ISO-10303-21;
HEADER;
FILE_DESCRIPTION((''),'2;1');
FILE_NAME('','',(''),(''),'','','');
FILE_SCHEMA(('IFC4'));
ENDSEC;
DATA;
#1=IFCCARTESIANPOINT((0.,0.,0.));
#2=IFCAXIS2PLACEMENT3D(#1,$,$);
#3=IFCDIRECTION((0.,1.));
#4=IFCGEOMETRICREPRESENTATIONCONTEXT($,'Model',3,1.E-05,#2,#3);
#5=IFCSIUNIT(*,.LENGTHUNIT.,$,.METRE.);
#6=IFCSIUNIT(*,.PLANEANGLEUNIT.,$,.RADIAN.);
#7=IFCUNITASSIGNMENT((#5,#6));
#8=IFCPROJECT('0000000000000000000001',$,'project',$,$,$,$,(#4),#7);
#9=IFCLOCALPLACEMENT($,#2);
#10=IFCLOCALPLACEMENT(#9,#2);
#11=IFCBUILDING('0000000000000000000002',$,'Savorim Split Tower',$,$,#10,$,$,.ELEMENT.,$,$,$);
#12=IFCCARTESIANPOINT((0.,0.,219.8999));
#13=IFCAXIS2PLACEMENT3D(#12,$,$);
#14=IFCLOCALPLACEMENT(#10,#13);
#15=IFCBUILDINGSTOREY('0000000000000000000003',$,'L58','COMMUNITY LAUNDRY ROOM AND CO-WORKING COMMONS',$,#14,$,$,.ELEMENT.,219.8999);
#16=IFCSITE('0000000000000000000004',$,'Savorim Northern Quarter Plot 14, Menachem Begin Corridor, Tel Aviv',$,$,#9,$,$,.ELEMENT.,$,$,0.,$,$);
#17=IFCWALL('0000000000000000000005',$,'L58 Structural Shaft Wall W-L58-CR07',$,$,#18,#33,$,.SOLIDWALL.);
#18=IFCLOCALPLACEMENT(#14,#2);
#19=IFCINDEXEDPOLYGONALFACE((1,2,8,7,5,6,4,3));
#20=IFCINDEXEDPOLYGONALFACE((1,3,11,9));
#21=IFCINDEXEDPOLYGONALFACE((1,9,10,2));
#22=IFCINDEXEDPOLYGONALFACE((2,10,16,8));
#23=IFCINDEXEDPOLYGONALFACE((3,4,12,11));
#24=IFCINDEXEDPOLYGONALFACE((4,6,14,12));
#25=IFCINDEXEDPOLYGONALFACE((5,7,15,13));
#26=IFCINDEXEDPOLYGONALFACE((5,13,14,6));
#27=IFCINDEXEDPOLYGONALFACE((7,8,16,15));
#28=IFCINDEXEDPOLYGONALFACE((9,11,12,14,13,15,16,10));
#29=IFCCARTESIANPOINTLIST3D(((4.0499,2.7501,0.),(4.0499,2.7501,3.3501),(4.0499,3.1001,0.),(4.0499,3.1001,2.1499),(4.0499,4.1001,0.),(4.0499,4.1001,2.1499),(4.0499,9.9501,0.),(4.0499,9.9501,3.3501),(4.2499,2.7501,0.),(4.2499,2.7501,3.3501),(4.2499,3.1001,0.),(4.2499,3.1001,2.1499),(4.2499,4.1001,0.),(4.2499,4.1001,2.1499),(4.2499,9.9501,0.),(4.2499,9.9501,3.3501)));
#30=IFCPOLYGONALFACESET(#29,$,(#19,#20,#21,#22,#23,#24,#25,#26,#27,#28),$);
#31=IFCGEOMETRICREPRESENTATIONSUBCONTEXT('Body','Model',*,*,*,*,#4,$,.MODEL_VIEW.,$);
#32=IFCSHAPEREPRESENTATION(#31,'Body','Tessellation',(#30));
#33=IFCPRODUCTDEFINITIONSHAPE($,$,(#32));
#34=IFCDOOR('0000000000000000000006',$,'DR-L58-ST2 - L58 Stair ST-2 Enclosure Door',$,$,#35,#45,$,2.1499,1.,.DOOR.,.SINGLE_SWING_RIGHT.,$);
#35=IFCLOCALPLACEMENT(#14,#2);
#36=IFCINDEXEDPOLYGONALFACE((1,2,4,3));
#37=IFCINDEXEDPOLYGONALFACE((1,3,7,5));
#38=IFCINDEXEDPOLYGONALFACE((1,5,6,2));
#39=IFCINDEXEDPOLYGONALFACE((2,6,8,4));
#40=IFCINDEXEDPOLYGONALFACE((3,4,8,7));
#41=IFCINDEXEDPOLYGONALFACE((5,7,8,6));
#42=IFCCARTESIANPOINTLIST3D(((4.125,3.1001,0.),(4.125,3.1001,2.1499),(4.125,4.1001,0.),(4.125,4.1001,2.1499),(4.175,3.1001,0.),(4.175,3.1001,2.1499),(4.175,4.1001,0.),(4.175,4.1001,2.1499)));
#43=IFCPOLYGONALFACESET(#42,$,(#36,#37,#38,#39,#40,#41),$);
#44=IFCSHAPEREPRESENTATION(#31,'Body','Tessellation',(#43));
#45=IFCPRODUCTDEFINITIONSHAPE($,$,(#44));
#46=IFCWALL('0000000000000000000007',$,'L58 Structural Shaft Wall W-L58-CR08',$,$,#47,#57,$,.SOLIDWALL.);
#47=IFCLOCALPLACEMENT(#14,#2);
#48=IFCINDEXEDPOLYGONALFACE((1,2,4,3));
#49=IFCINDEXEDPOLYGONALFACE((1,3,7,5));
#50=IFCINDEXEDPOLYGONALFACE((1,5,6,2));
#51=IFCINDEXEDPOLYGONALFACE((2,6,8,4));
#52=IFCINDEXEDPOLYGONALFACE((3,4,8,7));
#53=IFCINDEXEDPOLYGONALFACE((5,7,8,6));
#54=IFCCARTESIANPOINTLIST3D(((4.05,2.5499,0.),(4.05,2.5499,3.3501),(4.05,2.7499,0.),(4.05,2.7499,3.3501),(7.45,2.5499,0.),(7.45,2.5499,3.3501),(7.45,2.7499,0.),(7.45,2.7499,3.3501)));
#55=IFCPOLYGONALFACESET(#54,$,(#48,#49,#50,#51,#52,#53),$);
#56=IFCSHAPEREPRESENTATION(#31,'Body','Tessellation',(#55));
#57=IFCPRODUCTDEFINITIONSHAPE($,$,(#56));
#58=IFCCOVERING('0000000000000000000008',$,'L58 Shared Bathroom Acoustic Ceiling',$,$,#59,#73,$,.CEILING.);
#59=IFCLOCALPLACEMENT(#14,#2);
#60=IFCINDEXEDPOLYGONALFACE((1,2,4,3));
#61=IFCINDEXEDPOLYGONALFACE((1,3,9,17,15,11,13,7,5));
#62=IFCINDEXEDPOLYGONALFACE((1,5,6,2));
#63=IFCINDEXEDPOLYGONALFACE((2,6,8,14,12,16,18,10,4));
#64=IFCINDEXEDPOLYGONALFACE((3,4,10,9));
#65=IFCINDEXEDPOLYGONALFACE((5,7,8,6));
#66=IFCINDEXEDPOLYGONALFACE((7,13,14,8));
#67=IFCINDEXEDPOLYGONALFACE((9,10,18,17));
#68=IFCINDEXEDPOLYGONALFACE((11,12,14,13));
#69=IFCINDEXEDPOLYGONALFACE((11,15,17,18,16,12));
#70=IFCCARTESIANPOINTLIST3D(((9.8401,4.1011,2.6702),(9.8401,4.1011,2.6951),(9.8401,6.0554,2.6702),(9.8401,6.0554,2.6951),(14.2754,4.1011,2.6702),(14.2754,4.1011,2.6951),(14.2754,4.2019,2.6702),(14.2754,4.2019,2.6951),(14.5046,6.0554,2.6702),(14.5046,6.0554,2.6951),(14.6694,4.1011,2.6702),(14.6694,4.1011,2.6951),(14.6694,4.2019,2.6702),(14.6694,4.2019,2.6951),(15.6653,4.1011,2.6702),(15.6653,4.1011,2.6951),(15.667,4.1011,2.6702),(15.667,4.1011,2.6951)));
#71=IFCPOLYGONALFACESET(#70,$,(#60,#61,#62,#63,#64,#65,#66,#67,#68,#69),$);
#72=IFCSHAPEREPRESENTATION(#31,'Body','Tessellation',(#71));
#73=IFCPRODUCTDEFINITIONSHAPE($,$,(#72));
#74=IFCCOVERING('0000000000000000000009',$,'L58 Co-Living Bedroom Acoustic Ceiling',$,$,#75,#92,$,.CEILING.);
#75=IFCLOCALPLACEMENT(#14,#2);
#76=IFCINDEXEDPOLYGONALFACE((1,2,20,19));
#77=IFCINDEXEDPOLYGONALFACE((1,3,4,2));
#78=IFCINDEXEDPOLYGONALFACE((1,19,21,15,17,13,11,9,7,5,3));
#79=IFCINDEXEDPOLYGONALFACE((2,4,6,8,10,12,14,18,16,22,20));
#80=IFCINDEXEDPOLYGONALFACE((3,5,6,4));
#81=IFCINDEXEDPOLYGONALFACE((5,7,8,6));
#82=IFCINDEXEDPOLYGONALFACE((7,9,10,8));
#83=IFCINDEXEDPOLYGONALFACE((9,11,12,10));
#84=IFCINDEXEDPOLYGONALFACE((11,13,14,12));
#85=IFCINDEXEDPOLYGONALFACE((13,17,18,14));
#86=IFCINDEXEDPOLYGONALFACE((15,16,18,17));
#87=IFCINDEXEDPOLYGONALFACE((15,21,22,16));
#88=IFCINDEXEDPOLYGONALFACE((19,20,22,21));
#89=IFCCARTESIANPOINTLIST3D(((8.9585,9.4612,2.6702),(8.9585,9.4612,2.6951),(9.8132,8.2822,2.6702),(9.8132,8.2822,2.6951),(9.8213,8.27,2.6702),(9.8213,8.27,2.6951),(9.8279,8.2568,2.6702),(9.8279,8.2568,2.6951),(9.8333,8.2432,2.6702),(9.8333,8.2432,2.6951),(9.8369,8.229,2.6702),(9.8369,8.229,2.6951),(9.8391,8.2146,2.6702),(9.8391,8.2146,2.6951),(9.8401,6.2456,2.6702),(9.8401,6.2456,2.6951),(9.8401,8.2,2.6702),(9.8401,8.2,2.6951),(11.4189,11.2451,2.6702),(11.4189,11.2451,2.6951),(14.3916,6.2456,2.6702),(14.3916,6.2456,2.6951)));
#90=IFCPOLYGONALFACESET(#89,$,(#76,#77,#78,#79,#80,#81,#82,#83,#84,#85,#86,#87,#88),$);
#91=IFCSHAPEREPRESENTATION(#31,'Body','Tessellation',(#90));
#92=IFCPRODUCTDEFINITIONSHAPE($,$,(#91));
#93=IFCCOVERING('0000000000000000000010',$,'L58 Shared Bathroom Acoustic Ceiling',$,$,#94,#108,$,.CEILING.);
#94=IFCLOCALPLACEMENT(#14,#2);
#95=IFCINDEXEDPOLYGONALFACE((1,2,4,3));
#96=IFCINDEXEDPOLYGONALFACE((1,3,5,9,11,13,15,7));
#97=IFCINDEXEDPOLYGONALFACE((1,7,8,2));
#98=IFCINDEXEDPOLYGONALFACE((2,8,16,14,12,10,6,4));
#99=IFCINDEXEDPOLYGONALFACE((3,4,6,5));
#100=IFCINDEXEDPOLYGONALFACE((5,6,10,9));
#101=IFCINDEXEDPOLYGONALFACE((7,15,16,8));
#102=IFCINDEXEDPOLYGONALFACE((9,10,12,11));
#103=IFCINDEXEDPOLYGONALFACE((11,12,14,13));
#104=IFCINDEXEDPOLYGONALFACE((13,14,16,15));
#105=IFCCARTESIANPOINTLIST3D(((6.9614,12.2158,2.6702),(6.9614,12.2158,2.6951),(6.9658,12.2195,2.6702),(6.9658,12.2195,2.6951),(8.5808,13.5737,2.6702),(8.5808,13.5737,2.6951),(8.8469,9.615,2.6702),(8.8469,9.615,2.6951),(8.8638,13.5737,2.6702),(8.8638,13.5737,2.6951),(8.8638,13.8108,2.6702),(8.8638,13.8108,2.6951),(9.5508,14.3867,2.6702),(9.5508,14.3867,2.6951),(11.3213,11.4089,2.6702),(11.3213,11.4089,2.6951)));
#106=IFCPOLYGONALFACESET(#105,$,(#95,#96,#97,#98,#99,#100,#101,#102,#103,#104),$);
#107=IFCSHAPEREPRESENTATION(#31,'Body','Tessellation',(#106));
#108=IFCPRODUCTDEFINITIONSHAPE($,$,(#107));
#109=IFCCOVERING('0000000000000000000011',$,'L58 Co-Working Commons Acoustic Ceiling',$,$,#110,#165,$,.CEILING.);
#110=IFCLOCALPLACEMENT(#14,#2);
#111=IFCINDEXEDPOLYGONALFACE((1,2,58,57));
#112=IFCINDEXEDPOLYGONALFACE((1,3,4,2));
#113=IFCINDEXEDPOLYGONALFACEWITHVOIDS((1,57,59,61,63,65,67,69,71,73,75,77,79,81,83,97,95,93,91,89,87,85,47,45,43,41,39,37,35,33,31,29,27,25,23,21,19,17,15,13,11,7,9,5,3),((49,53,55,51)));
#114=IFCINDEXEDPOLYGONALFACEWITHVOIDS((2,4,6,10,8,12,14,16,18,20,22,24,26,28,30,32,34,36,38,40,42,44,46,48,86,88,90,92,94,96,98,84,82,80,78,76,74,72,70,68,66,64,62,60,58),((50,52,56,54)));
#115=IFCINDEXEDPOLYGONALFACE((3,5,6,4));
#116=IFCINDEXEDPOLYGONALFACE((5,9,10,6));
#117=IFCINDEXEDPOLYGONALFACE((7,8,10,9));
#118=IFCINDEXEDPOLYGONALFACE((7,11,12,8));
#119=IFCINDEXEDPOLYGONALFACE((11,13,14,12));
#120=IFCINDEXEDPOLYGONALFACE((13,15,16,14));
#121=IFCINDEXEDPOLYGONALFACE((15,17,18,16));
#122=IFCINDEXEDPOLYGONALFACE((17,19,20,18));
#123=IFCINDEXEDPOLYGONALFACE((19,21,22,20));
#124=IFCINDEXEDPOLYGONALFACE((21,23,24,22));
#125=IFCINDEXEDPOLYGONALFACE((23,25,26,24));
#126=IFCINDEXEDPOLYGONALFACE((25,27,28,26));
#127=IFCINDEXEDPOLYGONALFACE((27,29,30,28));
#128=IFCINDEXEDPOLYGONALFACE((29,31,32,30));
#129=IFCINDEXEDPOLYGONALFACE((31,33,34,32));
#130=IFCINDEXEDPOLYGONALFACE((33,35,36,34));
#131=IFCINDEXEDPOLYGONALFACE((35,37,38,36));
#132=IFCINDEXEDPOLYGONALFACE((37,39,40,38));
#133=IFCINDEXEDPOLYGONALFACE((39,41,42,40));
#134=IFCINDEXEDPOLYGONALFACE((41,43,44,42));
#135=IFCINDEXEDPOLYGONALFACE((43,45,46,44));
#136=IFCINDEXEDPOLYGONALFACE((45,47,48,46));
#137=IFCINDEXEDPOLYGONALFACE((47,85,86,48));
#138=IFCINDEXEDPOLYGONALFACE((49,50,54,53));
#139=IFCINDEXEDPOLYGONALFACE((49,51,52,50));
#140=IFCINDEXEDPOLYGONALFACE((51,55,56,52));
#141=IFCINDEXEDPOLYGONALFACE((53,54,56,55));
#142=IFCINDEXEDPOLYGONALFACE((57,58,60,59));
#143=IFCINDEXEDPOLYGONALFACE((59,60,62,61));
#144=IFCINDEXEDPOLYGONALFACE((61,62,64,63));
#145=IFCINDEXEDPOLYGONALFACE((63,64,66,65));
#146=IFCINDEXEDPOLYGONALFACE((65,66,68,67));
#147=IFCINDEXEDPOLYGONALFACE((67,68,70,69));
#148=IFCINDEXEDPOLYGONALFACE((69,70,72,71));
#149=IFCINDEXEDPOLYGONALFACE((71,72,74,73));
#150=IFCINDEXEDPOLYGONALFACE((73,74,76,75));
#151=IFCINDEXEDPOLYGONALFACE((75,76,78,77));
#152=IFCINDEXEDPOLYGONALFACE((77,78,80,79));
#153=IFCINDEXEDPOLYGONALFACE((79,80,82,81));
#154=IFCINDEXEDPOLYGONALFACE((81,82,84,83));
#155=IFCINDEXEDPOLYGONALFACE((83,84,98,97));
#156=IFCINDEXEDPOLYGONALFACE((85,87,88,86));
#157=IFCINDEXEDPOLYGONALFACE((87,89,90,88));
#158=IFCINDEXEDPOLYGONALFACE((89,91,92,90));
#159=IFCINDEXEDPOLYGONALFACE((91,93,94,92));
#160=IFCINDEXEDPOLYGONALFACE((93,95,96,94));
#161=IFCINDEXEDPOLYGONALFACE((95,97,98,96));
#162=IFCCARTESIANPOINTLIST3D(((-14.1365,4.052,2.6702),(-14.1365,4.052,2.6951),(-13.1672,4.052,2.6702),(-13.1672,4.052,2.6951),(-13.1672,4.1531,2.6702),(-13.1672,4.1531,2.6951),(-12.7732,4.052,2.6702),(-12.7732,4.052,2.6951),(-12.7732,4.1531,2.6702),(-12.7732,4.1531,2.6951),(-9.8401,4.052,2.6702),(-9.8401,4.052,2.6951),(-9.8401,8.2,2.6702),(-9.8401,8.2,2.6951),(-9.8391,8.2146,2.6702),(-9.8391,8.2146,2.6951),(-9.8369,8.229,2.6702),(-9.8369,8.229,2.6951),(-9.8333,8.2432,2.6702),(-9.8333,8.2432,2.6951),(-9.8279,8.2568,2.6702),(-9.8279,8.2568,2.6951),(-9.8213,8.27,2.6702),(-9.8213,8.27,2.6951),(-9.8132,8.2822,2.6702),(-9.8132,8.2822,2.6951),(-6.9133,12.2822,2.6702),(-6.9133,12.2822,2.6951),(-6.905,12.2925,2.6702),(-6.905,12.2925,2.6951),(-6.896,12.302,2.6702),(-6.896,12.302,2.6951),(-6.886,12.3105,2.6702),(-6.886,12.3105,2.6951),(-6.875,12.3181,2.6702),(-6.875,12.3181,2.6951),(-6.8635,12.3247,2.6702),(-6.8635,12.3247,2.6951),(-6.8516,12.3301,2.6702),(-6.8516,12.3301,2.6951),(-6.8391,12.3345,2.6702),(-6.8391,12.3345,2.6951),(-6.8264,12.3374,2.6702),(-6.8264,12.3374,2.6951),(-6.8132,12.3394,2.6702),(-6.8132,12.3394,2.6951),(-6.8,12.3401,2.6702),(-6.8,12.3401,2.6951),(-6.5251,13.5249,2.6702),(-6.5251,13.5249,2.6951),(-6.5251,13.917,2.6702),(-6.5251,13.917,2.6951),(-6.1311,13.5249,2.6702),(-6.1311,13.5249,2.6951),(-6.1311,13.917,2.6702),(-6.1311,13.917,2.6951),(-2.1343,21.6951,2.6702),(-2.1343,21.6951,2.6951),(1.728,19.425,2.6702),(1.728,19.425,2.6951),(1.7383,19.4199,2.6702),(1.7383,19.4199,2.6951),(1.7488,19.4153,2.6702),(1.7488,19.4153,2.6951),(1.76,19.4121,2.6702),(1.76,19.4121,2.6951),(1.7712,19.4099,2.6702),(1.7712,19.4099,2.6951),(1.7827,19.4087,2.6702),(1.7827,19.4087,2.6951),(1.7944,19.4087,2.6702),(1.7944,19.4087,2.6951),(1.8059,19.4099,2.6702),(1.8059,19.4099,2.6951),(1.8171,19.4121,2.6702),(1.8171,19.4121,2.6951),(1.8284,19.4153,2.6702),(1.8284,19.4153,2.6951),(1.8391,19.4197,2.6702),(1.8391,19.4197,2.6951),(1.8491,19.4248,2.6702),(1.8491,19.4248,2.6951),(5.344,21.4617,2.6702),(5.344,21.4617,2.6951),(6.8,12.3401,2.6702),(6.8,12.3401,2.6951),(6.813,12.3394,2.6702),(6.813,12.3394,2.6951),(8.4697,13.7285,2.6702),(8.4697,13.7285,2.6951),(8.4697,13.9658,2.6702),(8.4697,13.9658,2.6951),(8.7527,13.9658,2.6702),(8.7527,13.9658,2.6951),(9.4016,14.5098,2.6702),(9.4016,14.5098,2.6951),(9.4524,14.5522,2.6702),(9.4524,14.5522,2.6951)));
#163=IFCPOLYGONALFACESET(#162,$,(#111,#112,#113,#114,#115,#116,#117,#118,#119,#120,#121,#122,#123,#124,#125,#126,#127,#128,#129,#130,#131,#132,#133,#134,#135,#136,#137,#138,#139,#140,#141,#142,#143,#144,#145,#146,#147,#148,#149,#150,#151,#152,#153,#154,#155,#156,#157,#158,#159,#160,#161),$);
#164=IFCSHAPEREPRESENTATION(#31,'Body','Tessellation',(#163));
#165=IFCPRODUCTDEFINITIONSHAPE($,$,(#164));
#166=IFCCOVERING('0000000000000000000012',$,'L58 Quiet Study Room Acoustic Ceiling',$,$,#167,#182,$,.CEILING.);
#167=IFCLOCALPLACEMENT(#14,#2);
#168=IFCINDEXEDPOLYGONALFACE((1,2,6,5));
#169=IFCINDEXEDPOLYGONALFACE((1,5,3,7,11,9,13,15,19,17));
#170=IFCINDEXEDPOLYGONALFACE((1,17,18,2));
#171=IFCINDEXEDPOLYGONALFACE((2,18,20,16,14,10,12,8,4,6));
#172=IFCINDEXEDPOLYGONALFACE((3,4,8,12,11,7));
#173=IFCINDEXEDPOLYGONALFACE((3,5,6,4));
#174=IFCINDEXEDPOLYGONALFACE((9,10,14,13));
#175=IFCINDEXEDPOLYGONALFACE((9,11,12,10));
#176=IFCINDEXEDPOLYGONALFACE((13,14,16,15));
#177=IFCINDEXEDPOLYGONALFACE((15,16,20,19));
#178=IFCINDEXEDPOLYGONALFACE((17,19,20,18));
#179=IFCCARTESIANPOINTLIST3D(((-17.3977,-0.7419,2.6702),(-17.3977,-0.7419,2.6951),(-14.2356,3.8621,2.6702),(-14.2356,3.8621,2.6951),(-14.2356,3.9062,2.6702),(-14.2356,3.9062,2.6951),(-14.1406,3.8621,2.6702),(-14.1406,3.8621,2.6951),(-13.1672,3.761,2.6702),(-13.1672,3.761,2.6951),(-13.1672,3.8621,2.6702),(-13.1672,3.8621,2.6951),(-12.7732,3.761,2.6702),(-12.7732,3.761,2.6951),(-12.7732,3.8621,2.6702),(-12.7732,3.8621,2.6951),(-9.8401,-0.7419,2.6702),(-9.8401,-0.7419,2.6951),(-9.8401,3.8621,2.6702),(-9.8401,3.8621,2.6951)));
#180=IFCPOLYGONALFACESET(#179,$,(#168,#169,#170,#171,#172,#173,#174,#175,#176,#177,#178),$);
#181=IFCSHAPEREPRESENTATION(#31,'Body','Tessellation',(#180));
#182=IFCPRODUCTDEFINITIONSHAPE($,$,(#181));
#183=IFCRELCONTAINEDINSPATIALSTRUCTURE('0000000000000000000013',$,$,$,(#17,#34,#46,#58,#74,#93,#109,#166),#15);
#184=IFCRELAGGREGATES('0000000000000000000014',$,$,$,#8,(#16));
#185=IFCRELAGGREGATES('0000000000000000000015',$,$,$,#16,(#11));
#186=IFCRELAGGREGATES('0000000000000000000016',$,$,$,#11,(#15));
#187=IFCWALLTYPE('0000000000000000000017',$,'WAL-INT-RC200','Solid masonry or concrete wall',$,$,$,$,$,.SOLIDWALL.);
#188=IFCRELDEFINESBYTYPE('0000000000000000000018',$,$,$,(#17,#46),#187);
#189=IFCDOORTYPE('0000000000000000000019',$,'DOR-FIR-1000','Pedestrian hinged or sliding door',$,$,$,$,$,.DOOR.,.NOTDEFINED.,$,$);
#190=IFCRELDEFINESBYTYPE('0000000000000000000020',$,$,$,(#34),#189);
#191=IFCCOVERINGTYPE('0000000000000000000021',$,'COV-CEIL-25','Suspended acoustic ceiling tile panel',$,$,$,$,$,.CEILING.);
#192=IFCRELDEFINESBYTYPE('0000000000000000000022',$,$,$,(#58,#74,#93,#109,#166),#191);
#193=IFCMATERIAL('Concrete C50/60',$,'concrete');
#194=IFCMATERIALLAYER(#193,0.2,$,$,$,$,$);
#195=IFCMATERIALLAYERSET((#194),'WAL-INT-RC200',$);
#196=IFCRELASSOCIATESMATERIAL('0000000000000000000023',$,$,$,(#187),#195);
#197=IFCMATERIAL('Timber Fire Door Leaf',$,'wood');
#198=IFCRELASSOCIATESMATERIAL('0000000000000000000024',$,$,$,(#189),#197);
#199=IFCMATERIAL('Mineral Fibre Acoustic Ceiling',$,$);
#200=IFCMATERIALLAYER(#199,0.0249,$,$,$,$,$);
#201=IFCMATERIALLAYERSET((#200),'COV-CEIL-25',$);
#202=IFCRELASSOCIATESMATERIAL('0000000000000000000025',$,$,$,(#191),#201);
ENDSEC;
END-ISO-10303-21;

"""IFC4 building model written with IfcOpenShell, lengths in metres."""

from ifc_helpers import new_model, si_unit, direction, frame, frame_2d, origin, place, context, subcontext, project, spatial, polyline, rectangle, outline, extrude, material, layer, layer_set, type_object, element, fill, save


model = new_model("IFC4")

# Units and contexts
model_context = context("Model", 3, precision=1e-05, world=origin(), true_north=direction((0.0, 1.0)))
body_context = subcontext(model_context, "Body", "Model", "MODEL_VIEW")
ifc_project = project(units=[si_unit("LENGTHUNIT", "METRE"), si_unit("PLANEANGLEUNIT", "RADIAN")], contexts=[model_context])

# Site, building, storey
site_placement = place(None, origin())
site = spatial("IfcSite", under=ifc_project, at=site_placement, Name="Savorim Northern Quarter Plot 14, Menachem Begin Corridor, Tel Aviv", CompositionType="ELEMENT", RefElevation=0.0)
building_placement = place(site_placement, origin())
building = spatial("IfcBuilding", under=site, at=building_placement, Name="Savorim Split Tower", CompositionType="ELEMENT")
storey_placement = place(building_placement, frame((0.0, 0.0, 219.8999)))
storey = spatial("IfcBuildingStorey", under=building, at=storey_placement, Name="L58", Description="COMMUNITY LAUNDRY ROOM AND CO-WORKING COMMONS", CompositionType="ELEMENT", Elevation=219.8999)

# Wall, opening, door
ifc_material_1 = material(Name="Concrete C50/60", Category="concrete")
ifc_layer_1 = layer(ifc_material_1, 0.2)
ifc_layer_set_1 = layer_set([ifc_layer_1], Name="WAL-INT-RC200")
wall_type = type_object("IfcWallType", Name="WAL-INT-RC200", Description="Solid masonry or concrete wall", PredefinedType="SOLIDWALL", material=ifc_layer_set_1)
wall_1_placement = place(storey_placement, frame((4.1499, 2.75, 0.0), z_axis=(0.0, 0.0, 1.0), x_axis=(0.0, 1.0, 0.0)))
wall_1 = element("IfcWall", 1, at=wall_1_placement, inside=storey, type_object=wall_type, Name="L58 Structural Shaft Wall W-L58-CR07", PredefinedType="SOLIDWALL", context=body_context, shape_type="SweptSolid", body=[
    extrude(rectangle(XDim=7.2, YDim=0.2, at=frame_2d((3.6001, 0.0))), origin(), (0.0, 0.0, 1.0), 3.3501),
])
opening_1_placement = place(wall_1_placement, frame((0.3501, 0.0, 0.0)))
opening_1 = element("IfcOpeningElement", 2, at=opening_1_placement, cuts=wall_1, PredefinedType="OPENING", context=body_context, shape_type="SweptSolid", body=[
    extrude(rectangle(XDim=1.0, YDim=2.1499, at=frame_2d((0.5, 1.075))), frame((0.0, 0.1099, 0.0), z_axis=(0.0, -1.0, 0.0), x_axis=(1.0, 0.0, 0.0)), (0.0, 0.0, 1.0), 0.22),
])
ifc_material_2 = material(Name="Timber Fire Door Leaf", Category="wood")
door_type_1 = type_object("IfcDoorType", Name="DOR-FIR-1000", Description="Pedestrian hinged or sliding door", OperationType="NOTDEFINED", PredefinedType="DOOR", material=ifc_material_2)
door_1_placement = place(opening_1_placement, origin())
door_1 = element("IfcDoor", 3, at=door_1_placement, inside=storey, type_object=door_type_1, Name="DR-L58-ST2 - L58 Stair ST-2 Enclosure Door", OperationType="SINGLE_SWING_RIGHT", OverallHeight=2.1499, OverallWidth=1.0, PredefinedType="DOOR", context=body_context, shape_type="SweptSolid", body=[
    extrude(rectangle(XDim=1.0, YDim=2.1499, at=frame_2d((0.5, 1.075))), frame((0.0, 0.0249, 0.0), z_axis=(0.0, -1.0, 0.0), x_axis=(1.0, 0.0, 0.0)), (0.0, 0.0, 1.0), 0.05),
])
fill(opening_1, door_1)

# Wall
wall_2_placement = place(storey_placement, frame((4.05, 2.6499, 0.0), z_axis=(0.0, 0.0, 1.0), x_axis=(1.0, 0.0, 0.0)))
element("IfcWall", 4, at=wall_2_placement, inside=storey, type_object=wall_type, Name="L58 Structural Shaft Wall W-L58-CR08", PredefinedType="SOLIDWALL", context=body_context, shape_type="SweptSolid", body=[
    extrude(rectangle(XDim=3.3999, YDim=0.2, at=frame_2d((1.7, 0.0))), origin(), (0.0, 0.0, 1.0), 3.3501),
])

# Coverings
ifc_material_3 = material(Name="Mineral Fibre Acoustic Ceiling")
ifc_layer_2 = layer(ifc_material_3, 0.0249)
ifc_layer_set_2 = layer_set([ifc_layer_2], Name="COV-CEIL-25")
covering_type_1 = type_object("IfcCoveringType", Name="COV-CEIL-25", Description="Suspended acoustic ceiling tile panel", PredefinedType="CEILING", material=ifc_layer_set_2)
covering_1_placement = place(storey_placement, frame((0.0, 0.0, 2.6702)))
element("IfcCovering", 5, at=covering_1_placement, inside=storey, type_object=covering_type_1, Name="L58 Shared Bathroom Acoustic Ceiling", PredefinedType="CEILING", context=body_context, shape_type="SweptSolid", body=[
    extrude(outline(polyline([(14.6694, 4.2019), (14.6694, 4.1011), (15.6653, 4.1011), (15.667, 4.1011), (14.5046, 6.0554), (9.8401, 6.0554), (9.8401, 4.1011), (14.2754, 4.1011), (14.2754, 4.2019), (14.6694, 4.2019)])), origin(), (0.0, 0.0, 1.0), 0.0249),
])
covering_2_placement = place(storey_placement, frame((0.0, 0.0, 2.6702)))
element("IfcCovering", 6, at=covering_2_placement, inside=storey, type_object=covering_type_1, Name="L58 Co-Living Bedroom Acoustic Ceiling", PredefinedType="CEILING", context=body_context, shape_type="SweptSolid", body=[
    extrude(outline(polyline([(9.8369, 8.229), (9.8391, 8.2146), (9.8401, 8.2), (9.8401, 6.2456), (14.3916, 6.2456), (11.4189, 11.2451), (8.9585, 9.4612), (9.8132, 8.2822), (9.8213, 8.27), (9.8279, 8.2568), (9.8333, 8.2432), (9.8369, 8.229)])), origin(), (0.0, 0.0, 1.0), 0.0249),
])
covering_3_placement = place(storey_placement, frame((0.0, 0.0, 2.6702)))
element("IfcCovering", 7, at=covering_3_placement, inside=storey, type_object=covering_type_1, Name="L58 Shared Bathroom Acoustic Ceiling", PredefinedType="CEILING", context=body_context, shape_type="SweptSolid", body=[
    extrude(outline(polyline([(8.5808, 13.5737), (6.9658, 12.2195), (6.9614, 12.2158), (8.8469, 9.615), (11.3213, 11.4089), (9.5508, 14.3867), (8.8638, 13.8108), (8.8638, 13.5737), (8.5808, 13.5737)])), origin(), (0.0, 0.0, 1.0), 0.0249),
])
covering_4_placement = place(storey_placement, frame((0.0, 0.0, 2.6702)))
element("IfcCovering", 8, at=covering_4_placement, inside=storey, type_object=covering_type_1, Name="L58 Co-Working Commons Acoustic Ceiling", PredefinedType="CEILING", context=body_context, shape_type="SweptSolid", body=[
    extrude(outline(polyline([(1.7488, 19.4153), (1.7383, 19.4199), (1.728, 19.425), (-2.1343, 21.6951), (-14.1365, 4.052), (-13.1672, 4.052), (-13.1672, 4.1531), (-12.7732, 4.1531), (-12.7732, 4.052), (-9.8401, 4.052), (-9.8401, 8.2), (-9.8391, 8.2146), (-9.8369, 8.229), (-9.8333, 8.2432), (-9.8279, 8.2568), (-9.8213, 8.27), (-9.8132, 8.2822), (-6.9133, 12.2822), (-6.905, 12.2925), (-6.896, 12.302), (-6.886, 12.3105), (-6.875, 12.3181), (-6.8635, 12.3247), (-6.8516, 12.3301), (-6.8391, 12.3345), (-6.8264, 12.3374), (-6.8132, 12.3394), (-6.8, 12.3401), (6.8, 12.3401), (6.813, 12.3394), (8.4697, 13.7285), (8.4697, 13.9658), (8.7527, 13.9658), (9.4016, 14.5098), (9.4524, 14.5522), (5.344, 21.4617), (1.8491, 19.4248), (1.8391, 19.4197), (1.8284, 19.4153), (1.8171, 19.4121), (1.8059, 19.4099), (1.7944, 19.4087), (1.7827, 19.4087), (1.7712, 19.4099), (1.76, 19.4121), (1.7488, 19.4153)]), holes=[polyline([(-6.1311, 13.917), (-6.5251, 13.917), (-6.5251, 13.5249), (-6.1311, 13.5249), (-6.1311, 13.917)])]), origin(), (0.0, 0.0, 1.0), 0.0249),
])
covering_5_placement = place(storey_placement, frame((0.0, 0.0, 2.6702)))
element("IfcCovering", 9, at=covering_5_placement, inside=storey, type_object=covering_type_1, Name="L58 Quiet Study Room Acoustic Ceiling", PredefinedType="CEILING", context=body_context, shape_type="SweptSolid", body=[
    extrude(outline(polyline([(-13.1672, 3.8621), (-14.1406, 3.8621), (-14.2356, 3.8621), (-14.2356, 3.9062), (-17.3977, -0.7419), (-9.8401, -0.7419), (-9.8401, 3.8621), (-12.7732, 3.8621), (-12.7732, 3.761), (-13.1672, 3.761), (-13.1672, 3.8621)])), origin(), (0.0, 0.0, 1.0), 0.0249),
])

save(model, "model.ifc")
